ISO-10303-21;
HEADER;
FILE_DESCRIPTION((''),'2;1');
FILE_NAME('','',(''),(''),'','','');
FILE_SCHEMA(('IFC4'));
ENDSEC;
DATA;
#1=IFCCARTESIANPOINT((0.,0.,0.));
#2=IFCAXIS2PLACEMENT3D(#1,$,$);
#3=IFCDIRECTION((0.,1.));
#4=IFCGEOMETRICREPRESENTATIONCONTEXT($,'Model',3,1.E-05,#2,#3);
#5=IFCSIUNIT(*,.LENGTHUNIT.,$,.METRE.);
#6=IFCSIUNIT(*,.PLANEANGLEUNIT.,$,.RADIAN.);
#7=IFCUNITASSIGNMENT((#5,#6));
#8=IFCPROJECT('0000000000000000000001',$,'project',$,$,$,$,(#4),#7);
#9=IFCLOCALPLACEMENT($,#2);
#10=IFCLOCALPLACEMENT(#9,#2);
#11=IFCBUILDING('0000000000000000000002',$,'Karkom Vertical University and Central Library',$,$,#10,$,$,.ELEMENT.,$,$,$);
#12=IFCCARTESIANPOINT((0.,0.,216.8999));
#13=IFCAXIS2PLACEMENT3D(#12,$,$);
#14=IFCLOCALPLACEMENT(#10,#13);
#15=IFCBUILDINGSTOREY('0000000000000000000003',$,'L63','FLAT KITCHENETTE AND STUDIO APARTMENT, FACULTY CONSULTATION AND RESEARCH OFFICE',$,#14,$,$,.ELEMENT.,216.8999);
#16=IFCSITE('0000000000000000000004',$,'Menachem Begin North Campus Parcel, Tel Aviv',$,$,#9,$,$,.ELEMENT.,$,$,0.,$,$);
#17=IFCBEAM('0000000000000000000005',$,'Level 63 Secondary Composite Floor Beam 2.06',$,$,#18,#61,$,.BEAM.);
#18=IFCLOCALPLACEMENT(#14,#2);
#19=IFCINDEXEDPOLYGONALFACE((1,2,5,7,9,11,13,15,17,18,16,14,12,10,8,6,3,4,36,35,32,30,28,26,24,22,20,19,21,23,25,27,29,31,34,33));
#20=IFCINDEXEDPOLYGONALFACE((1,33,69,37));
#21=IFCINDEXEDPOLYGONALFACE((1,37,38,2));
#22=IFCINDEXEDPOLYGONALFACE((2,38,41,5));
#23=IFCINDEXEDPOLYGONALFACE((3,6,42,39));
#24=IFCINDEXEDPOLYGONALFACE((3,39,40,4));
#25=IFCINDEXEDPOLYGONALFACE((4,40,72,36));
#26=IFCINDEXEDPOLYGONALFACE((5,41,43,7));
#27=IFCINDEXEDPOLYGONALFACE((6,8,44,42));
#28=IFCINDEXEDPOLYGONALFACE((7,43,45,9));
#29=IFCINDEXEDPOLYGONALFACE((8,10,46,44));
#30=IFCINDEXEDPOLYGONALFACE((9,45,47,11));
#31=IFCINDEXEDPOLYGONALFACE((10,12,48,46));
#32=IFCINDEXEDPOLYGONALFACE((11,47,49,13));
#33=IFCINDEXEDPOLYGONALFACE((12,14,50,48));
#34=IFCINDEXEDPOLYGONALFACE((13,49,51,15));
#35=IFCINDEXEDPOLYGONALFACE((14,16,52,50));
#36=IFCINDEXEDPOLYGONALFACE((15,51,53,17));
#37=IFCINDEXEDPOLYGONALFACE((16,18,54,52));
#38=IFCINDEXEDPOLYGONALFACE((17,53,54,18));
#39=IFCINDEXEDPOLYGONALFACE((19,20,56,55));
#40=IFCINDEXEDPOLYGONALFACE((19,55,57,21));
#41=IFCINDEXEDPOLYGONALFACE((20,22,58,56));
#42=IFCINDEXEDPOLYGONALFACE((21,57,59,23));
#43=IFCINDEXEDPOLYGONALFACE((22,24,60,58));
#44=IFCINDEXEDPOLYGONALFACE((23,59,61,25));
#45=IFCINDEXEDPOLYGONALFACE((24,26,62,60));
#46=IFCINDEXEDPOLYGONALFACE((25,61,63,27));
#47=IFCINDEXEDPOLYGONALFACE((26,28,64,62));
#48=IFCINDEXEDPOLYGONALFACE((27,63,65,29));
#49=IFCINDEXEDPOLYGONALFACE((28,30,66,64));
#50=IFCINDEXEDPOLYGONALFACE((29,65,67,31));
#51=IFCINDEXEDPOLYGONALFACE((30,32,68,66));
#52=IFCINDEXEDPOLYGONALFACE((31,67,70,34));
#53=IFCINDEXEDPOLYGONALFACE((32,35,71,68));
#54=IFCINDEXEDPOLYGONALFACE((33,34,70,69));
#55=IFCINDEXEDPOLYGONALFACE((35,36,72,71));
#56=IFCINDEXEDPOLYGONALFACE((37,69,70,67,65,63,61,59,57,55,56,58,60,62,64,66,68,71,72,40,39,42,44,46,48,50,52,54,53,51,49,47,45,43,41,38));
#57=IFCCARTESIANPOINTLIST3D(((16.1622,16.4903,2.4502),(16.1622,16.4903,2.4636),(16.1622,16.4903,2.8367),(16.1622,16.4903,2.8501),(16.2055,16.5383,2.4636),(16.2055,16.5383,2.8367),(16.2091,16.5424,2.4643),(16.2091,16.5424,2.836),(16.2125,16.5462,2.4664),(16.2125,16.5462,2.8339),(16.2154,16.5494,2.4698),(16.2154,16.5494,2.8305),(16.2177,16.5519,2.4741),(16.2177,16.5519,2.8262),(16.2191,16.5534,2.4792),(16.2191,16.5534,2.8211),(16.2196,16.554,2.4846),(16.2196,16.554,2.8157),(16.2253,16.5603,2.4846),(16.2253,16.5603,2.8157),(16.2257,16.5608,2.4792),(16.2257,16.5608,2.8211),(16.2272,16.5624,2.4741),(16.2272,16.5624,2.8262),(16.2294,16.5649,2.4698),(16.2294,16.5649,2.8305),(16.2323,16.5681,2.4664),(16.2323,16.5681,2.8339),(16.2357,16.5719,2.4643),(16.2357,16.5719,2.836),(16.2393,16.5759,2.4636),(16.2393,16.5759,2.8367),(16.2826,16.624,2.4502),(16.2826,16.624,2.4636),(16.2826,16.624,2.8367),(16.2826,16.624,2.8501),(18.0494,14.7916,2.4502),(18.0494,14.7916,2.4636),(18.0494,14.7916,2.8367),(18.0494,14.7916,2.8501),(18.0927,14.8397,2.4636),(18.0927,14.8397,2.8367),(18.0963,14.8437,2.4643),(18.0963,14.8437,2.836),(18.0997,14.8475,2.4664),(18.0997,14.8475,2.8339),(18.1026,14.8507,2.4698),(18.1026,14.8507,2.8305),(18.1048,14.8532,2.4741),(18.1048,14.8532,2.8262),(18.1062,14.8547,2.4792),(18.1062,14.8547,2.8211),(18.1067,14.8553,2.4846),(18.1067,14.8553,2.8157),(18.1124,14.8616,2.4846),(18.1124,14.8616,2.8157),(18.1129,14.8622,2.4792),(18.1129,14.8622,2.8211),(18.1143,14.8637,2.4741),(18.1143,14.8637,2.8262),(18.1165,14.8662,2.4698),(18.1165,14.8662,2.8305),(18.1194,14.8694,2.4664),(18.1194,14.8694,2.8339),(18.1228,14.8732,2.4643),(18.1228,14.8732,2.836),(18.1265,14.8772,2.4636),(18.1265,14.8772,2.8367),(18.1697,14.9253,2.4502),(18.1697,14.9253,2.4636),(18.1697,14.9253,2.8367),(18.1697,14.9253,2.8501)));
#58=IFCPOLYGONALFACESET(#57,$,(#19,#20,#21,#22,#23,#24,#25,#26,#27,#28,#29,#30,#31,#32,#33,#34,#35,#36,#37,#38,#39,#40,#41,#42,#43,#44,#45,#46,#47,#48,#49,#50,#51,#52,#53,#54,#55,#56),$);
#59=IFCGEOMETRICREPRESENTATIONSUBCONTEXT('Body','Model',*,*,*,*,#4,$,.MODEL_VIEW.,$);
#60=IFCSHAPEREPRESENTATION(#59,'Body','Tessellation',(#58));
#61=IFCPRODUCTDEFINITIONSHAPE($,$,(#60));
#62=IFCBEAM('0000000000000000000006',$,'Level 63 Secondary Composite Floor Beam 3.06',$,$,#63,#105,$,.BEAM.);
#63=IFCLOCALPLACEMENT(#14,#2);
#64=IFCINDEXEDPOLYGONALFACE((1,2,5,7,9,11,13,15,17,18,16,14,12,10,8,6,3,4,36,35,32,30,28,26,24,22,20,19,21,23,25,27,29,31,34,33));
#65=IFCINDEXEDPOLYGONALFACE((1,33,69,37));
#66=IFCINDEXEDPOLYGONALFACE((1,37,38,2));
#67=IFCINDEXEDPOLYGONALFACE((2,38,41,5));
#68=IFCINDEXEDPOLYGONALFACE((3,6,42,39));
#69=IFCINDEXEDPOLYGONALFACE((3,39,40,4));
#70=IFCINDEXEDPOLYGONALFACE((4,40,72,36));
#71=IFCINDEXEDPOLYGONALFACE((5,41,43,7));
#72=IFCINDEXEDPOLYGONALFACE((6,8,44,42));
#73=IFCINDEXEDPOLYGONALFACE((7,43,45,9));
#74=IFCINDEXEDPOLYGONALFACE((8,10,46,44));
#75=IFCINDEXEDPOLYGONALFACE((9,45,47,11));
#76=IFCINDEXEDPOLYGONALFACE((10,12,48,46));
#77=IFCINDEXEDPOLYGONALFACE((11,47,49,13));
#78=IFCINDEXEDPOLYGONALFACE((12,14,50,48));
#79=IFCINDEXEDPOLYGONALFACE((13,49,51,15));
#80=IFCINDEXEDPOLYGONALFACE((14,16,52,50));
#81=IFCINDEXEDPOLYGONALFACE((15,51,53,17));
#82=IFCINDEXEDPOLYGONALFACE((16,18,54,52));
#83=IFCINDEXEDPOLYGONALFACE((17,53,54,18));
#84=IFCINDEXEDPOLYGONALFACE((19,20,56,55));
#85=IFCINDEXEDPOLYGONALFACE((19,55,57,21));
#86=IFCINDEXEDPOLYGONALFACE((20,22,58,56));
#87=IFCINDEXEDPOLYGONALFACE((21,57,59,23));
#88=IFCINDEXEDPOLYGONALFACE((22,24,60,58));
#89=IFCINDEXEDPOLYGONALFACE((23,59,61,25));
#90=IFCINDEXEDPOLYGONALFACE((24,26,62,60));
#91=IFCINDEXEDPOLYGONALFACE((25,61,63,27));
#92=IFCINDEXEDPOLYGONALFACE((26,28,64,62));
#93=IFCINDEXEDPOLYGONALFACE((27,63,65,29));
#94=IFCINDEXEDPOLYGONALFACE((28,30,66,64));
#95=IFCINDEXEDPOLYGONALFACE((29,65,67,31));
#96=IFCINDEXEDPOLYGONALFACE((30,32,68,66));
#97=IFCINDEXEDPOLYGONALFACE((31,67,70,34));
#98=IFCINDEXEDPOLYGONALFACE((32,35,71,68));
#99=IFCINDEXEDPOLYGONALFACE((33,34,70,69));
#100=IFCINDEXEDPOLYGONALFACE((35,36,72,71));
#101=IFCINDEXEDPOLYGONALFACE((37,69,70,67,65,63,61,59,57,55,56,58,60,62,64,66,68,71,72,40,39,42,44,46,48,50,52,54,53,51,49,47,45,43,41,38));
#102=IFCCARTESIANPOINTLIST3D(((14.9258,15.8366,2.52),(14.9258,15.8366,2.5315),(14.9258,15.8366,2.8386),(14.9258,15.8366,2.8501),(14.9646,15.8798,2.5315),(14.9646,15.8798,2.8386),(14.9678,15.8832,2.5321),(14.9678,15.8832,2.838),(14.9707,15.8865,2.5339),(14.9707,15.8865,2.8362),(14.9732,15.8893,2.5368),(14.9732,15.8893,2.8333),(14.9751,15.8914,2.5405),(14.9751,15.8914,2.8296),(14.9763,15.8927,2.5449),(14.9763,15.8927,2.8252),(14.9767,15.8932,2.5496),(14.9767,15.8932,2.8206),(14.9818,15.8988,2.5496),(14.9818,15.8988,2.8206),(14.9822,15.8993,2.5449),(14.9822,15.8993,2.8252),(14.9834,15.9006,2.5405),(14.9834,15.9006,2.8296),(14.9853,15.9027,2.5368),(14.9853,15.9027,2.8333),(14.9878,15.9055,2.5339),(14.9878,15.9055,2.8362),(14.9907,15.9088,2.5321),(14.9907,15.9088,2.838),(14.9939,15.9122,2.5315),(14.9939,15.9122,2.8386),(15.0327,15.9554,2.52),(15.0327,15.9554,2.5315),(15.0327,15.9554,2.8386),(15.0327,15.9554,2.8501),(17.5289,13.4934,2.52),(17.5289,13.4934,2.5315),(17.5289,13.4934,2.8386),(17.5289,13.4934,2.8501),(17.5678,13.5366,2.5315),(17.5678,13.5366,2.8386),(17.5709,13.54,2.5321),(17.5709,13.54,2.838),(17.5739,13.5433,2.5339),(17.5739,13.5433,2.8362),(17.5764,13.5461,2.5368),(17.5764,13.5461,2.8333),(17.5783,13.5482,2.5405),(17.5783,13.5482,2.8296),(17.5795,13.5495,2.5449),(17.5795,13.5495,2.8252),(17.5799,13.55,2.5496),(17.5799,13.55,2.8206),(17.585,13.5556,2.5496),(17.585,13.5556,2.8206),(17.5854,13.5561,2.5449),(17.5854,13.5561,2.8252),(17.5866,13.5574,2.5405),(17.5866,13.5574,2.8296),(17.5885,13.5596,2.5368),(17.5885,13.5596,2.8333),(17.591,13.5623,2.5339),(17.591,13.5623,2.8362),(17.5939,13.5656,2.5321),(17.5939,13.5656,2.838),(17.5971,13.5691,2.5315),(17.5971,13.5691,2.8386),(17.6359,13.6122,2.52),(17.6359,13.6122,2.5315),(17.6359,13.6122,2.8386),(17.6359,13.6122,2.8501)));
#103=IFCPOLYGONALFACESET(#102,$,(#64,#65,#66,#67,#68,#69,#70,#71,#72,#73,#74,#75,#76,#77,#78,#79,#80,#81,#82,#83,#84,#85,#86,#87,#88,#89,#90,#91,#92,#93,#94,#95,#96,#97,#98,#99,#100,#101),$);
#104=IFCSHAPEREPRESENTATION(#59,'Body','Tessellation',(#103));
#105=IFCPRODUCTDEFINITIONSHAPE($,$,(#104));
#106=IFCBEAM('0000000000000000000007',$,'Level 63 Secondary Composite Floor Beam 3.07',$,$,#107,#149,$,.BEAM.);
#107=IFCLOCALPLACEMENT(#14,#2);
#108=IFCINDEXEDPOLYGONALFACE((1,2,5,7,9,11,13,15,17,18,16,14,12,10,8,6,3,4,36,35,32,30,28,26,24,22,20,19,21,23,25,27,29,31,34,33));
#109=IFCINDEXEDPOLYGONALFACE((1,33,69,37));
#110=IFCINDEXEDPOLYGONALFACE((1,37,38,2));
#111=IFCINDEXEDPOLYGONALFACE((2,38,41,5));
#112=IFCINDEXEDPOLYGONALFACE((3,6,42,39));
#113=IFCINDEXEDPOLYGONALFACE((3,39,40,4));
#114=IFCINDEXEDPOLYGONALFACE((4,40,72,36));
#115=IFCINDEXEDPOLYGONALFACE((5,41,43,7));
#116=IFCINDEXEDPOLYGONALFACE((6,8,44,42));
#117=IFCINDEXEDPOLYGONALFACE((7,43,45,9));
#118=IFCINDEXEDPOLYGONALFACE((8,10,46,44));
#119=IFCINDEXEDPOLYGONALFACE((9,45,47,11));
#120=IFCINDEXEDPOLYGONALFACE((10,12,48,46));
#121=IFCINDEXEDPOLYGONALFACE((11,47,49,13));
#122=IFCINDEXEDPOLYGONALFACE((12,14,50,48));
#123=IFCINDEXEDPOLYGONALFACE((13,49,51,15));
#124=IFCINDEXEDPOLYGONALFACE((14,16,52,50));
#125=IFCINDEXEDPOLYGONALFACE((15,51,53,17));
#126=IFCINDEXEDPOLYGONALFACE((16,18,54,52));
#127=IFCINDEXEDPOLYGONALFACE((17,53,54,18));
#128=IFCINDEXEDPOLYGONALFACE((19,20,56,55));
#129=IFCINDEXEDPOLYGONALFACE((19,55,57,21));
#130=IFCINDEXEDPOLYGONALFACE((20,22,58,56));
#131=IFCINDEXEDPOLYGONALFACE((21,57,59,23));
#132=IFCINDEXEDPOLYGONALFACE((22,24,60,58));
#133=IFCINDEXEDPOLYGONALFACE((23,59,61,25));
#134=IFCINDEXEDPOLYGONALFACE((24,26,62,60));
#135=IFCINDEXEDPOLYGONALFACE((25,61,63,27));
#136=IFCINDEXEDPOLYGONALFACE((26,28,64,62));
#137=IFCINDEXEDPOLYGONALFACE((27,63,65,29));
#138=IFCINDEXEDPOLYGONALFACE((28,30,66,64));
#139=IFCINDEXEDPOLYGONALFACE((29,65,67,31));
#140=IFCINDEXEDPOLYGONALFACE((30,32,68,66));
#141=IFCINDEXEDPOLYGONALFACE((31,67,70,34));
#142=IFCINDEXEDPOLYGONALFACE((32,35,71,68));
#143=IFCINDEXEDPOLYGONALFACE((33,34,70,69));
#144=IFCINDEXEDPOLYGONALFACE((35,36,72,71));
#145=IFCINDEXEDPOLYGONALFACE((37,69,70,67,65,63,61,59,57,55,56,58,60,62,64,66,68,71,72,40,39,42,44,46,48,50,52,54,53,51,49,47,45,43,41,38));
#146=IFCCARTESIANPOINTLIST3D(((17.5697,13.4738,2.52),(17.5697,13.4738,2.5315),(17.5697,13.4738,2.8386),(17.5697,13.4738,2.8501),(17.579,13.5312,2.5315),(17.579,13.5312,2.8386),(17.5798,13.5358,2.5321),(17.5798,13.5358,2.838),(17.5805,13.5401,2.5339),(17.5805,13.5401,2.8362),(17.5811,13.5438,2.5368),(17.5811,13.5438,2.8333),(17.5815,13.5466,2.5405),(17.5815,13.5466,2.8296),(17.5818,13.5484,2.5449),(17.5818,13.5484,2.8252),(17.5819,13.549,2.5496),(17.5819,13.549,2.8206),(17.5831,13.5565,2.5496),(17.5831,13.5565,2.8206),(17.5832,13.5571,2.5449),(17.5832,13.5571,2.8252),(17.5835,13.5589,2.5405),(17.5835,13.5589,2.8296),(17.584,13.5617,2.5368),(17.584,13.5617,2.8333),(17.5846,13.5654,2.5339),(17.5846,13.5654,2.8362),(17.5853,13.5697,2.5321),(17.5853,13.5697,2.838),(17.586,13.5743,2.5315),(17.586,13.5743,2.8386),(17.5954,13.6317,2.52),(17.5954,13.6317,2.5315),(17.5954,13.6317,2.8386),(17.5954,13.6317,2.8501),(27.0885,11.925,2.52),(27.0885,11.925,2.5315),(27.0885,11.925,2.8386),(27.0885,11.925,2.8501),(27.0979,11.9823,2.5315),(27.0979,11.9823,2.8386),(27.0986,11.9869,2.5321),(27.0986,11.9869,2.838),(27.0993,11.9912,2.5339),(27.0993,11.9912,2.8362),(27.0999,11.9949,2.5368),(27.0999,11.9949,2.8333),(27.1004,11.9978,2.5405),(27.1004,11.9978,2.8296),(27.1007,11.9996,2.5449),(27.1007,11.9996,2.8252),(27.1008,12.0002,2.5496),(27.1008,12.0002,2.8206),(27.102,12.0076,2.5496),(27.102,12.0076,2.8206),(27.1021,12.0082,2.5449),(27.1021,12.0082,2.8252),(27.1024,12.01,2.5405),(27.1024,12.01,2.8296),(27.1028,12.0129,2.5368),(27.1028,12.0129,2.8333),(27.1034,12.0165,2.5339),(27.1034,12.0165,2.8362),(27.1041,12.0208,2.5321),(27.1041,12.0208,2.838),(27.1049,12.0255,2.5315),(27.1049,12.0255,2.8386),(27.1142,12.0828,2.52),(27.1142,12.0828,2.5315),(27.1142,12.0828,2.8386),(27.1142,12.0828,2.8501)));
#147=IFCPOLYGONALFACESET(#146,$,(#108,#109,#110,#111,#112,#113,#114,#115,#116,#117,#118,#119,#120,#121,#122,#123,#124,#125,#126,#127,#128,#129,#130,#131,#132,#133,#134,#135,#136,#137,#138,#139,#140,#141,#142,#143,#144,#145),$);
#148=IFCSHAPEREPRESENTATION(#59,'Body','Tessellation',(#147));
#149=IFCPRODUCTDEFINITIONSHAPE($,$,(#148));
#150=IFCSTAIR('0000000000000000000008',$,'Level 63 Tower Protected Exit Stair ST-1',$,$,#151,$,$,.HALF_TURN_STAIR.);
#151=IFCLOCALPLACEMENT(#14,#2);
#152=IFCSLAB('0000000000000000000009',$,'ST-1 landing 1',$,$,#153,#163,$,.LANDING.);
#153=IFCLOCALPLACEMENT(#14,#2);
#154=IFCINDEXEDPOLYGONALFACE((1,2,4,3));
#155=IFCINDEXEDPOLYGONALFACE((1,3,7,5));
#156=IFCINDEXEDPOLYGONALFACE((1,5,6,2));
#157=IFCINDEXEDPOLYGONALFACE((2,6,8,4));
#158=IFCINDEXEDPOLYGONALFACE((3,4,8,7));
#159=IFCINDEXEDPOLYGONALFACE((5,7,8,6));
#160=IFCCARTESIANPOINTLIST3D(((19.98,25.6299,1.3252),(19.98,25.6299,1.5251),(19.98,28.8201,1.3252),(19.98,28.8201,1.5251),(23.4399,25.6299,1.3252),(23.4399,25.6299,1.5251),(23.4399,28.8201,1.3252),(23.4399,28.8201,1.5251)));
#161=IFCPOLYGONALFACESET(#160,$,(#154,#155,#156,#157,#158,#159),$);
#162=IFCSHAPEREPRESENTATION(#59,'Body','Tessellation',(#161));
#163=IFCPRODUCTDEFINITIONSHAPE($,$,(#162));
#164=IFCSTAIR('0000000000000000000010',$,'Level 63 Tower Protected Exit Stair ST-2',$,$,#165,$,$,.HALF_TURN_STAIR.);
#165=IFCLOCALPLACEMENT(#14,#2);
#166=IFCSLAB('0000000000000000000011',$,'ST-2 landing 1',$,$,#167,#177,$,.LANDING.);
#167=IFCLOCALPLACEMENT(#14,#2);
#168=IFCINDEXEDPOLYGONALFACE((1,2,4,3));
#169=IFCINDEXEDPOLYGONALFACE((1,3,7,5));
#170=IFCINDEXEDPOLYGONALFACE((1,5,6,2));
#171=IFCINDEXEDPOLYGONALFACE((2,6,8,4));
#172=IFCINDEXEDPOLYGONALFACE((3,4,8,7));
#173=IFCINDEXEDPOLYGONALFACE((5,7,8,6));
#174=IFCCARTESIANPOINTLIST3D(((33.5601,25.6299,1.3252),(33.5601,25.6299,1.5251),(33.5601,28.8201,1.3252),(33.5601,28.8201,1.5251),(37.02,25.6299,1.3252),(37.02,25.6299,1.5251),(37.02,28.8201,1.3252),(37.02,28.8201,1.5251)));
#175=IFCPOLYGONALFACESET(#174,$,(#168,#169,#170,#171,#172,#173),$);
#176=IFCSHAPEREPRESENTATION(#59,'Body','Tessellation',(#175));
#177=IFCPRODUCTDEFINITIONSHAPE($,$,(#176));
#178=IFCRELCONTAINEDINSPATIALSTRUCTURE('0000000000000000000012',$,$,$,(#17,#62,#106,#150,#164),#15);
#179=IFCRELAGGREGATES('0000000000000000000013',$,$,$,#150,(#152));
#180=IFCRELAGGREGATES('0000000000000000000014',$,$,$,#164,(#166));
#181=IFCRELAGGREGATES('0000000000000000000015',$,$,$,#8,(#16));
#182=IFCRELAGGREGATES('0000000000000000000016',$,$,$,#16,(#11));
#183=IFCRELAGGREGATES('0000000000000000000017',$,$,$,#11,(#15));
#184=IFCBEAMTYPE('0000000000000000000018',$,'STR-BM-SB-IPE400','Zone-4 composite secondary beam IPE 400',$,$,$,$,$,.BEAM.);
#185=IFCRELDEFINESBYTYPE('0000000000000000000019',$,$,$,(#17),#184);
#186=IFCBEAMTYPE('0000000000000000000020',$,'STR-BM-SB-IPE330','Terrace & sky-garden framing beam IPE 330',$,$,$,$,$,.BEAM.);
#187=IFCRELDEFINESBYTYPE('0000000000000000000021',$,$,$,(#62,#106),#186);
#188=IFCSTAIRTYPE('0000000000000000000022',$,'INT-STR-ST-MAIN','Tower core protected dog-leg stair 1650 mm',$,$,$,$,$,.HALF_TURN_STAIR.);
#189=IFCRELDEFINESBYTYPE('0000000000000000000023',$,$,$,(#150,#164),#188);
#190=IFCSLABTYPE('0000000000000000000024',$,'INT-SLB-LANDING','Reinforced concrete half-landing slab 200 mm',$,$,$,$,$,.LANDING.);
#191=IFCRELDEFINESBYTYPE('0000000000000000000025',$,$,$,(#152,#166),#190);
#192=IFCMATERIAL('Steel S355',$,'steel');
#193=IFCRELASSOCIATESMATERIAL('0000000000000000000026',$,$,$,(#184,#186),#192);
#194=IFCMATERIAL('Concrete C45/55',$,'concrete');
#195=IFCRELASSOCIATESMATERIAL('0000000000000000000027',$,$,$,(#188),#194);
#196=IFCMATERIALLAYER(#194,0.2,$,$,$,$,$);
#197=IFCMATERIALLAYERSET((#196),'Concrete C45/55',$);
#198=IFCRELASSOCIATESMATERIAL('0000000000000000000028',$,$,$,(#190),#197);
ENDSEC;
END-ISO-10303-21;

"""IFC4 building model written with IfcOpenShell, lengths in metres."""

from ifc_helpers import new_model, si_unit, direction, frame, origin, origin_with_axes, origin_2d, place, context, subcontext, project, spatial, polyline, i_section, outline, extrude, source, transform, mapped, material, layer, layer_set, material_profile, profile_set, type_object, element, aggregate, save


model = new_model("IFC4")

# Units and contexts
model_context = context("Model", 3, precision=1e-05, world=origin(), true_north=direction((0.0, 1.0)))
body_context = subcontext(model_context, "Body", "Model", "MODEL_VIEW")
ifc_project = project(units=[si_unit("LENGTHUNIT", "METRE"), si_unit("PLANEANGLEUNIT", "RADIAN")], contexts=[model_context])

# Site, building, storey
site_placement = place(None, origin())
site = spatial("IfcSite", under=ifc_project, at=site_placement, Name="Menachem Begin North Campus Parcel, Tel Aviv", CompositionType="ELEMENT", RefElevation=0.0)
building_placement = place(site_placement, origin())
building = spatial("IfcBuilding", under=site, at=building_placement, Name="Karkom Vertical University and Central Library", CompositionType="ELEMENT")
storey_placement = place(building_placement, frame((0.0, 0.0, 216.8999)))
storey = spatial("IfcBuildingStorey", under=building, at=storey_placement, Name="L63", Description="FLAT KITCHENETTE AND STUDIO APARTMENT, FACULTY CONSULTATION AND RESEARCH OFFICE", CompositionType="ELEMENT", Elevation=216.8999)

# Shared definitions
ifc_material_1 = material(Name="Concrete C45/55", Category="concrete")

# Beams
ifc_material_2 = material(Name="Steel S355", Category="steel")
ifc_material_profile_1 = material_profile(ifc_material_2, i_section(OverallWidth=0.1799, OverallDepth=0.3999, WebThickness=0.0085, FlangeThickness=0.0134, FilletRadius=0.021, at=origin_2d()), Name="IPE 400")
ifc_profile_set_1 = profile_set([ifc_material_profile_1], Name="Steel S355")
beam_type_1 = type_object("IfcBeamType", Name="STR-BM-SB-IPE400", Description="Zone-4 composite secondary beam IPE 400", PredefinedType="BEAM", material=ifc_profile_set_1)
shared_shape_1 = source(origin_with_axes(), body_context, "Body", "SweptSolid", [
    extrude(i_section(OverallWidth=0.1799, OverallDepth=0.3999, WebThickness=0.0085, FlangeThickness=0.0134, FilletRadius=0.021, at=origin_2d()), origin(), (0.0, 0.0, 1.0), 2.5391),
])
beam_1_placement = place(storey_placement, frame((16.2224, 16.5571, 2.6501), z_axis=(0.743246, -0.669018, 0.0), x_axis=(0.669018, 0.743246, 0.0)))
element("IfcBeam", 1, at=beam_1_placement, inside=storey, type_object=beam_type_1, Name="Level 63 Secondary Composite Floor Beam 2.06", PredefinedType="BEAM", context=body_context, shape_type="MappedRepresentation", body=[
    mapped(shared_shape_1, transform((0.0, 0.0, 0.0), scale=1.0)),
])
ifc_material_profile_2 = material_profile(ifc_material_2, i_section(OverallWidth=0.1599, OverallDepth=0.3301, WebThickness=0.0076, FlangeThickness=0.0115, FilletRadius=0.0181, at=origin_2d()), Name="IPE 330")
ifc_profile_set_2 = profile_set([ifc_material_profile_2], Name="Steel S355")
beam_type_2 = type_object("IfcBeamType", Name="STR-BM-SB-IPE330", Description="Terrace & sky-garden framing beam IPE 330", PredefinedType="BEAM", material=ifc_profile_set_2)
shared_shape_2 = source(origin_with_axes(), body_context, "Body", "SweptSolid", [
    extrude(i_section(OverallWidth=0.1599, OverallDepth=0.3301, WebThickness=0.0076, FlangeThickness=0.0115, FilletRadius=0.0181, at=origin_2d()), origin(), (0.0, 0.0, 1.0), 3.5024),
])
beam_2_placement = place(storey_placement, frame((14.9792, 15.896, 2.6851), z_axis=(0.743249, -0.669015, 0.0), x_axis=(0.669015, 0.743249, 0.0)))
element("IfcBeam", 2, at=beam_2_placement, inside=storey, type_object=beam_type_2, Name="Level 63 Secondary Composite Floor Beam 3.06", PredefinedType="BEAM", context=body_context, shape_type="MappedRepresentation", body=[
    mapped(shared_shape_2, transform((0.0, 0.0, 0.0), scale=1.0)),
])
shared_shape_3 = source(origin_with_axes(), body_context, "Body", "SweptSolid", [
    extrude(i_section(OverallWidth=0.1599, OverallDepth=0.3301, WebThickness=0.0076, FlangeThickness=0.0115, FilletRadius=0.0181, at=origin_2d()), origin(), (0.0, 0.0, 1.0), 9.644),
])
beam_3_placement = place(storey_placement, frame((17.5825, 13.5527, 2.6851), z_axis=(0.987019, -0.1606, 0.0), x_axis=(0.1606, 0.987019, 0.0)))
element("IfcBeam", 3, at=beam_3_placement, inside=storey, type_object=beam_type_2, Name="Level 63 Secondary Composite Floor Beam 3.07", PredefinedType="BEAM", context=body_context, shape_type="MappedRepresentation", body=[
    mapped(shared_shape_3, transform((0.0, 0.0, 0.0), scale=1.0)),
])

# Stairs, slabs
stair_type = type_object("IfcStairType", Name="INT-STR-ST-MAIN", Description="Tower core protected dog-leg stair 1650 mm", PredefinedType="HALF_TURN_STAIR", material=ifc_material_1)
stair_1_placement = place(storey_placement, origin())
stair_1 = element("IfcStair", 4, at=stair_1_placement, inside=storey, type_object=stair_type, Name="Level 63 Tower Protected Exit Stair ST-1", PredefinedType="HALF_TURN_STAIR")
ifc_layer_1 = layer(ifc_material_1, 0.2)
ifc_layer_set_1 = layer_set([ifc_layer_1], Name="Concrete C45/55")
slab_type_1 = type_object("IfcSlabType", Name="INT-SLB-LANDING", Description="Reinforced concrete half-landing slab 200 mm", PredefinedType="LANDING", material=ifc_layer_set_1)
slab_1_placement = place(storey_placement, frame((0.0, 0.0, 1.3252)))
slab_1 = element("IfcSlab", 5, at=slab_1_placement, type_object=slab_type_1, Name="ST-1 landing 1", PredefinedType="LANDING", context=body_context, shape_type="SweptSolid", body=[
    extrude(outline(polyline([(23.4399, 25.6299), (23.4399, 28.8201), (19.98, 28.8201), (19.98, 25.6299), (23.4399, 25.6299)])), origin(), (0.0, 0.0, 1.0), 0.2),
])
aggregate(stair_1, [slab_1])
stair_2_placement = place(storey_placement, origin())
stair_2 = element("IfcStair", 6, at=stair_2_placement, inside=storey, type_object=stair_type, Name="Level 63 Tower Protected Exit Stair ST-2", PredefinedType="HALF_TURN_STAIR")
slab_2_placement = place(storey_placement, frame((0.0, 0.0, 1.3252)))
slab_2 = element("IfcSlab", 7, at=slab_2_placement, type_object=slab_type_1, Name="ST-2 landing 1", PredefinedType="LANDING", context=body_context, shape_type="SweptSolid", body=[
    extrude(outline(polyline([(37.02, 25.6299), (37.02, 28.8201), (33.5601, 28.8201), (33.5601, 25.6299), (37.02, 25.6299)])), origin(), (0.0, 0.0, 1.0), 0.2),
])
aggregate(stair_2, [slab_2])

save(model, "model.ifc")
